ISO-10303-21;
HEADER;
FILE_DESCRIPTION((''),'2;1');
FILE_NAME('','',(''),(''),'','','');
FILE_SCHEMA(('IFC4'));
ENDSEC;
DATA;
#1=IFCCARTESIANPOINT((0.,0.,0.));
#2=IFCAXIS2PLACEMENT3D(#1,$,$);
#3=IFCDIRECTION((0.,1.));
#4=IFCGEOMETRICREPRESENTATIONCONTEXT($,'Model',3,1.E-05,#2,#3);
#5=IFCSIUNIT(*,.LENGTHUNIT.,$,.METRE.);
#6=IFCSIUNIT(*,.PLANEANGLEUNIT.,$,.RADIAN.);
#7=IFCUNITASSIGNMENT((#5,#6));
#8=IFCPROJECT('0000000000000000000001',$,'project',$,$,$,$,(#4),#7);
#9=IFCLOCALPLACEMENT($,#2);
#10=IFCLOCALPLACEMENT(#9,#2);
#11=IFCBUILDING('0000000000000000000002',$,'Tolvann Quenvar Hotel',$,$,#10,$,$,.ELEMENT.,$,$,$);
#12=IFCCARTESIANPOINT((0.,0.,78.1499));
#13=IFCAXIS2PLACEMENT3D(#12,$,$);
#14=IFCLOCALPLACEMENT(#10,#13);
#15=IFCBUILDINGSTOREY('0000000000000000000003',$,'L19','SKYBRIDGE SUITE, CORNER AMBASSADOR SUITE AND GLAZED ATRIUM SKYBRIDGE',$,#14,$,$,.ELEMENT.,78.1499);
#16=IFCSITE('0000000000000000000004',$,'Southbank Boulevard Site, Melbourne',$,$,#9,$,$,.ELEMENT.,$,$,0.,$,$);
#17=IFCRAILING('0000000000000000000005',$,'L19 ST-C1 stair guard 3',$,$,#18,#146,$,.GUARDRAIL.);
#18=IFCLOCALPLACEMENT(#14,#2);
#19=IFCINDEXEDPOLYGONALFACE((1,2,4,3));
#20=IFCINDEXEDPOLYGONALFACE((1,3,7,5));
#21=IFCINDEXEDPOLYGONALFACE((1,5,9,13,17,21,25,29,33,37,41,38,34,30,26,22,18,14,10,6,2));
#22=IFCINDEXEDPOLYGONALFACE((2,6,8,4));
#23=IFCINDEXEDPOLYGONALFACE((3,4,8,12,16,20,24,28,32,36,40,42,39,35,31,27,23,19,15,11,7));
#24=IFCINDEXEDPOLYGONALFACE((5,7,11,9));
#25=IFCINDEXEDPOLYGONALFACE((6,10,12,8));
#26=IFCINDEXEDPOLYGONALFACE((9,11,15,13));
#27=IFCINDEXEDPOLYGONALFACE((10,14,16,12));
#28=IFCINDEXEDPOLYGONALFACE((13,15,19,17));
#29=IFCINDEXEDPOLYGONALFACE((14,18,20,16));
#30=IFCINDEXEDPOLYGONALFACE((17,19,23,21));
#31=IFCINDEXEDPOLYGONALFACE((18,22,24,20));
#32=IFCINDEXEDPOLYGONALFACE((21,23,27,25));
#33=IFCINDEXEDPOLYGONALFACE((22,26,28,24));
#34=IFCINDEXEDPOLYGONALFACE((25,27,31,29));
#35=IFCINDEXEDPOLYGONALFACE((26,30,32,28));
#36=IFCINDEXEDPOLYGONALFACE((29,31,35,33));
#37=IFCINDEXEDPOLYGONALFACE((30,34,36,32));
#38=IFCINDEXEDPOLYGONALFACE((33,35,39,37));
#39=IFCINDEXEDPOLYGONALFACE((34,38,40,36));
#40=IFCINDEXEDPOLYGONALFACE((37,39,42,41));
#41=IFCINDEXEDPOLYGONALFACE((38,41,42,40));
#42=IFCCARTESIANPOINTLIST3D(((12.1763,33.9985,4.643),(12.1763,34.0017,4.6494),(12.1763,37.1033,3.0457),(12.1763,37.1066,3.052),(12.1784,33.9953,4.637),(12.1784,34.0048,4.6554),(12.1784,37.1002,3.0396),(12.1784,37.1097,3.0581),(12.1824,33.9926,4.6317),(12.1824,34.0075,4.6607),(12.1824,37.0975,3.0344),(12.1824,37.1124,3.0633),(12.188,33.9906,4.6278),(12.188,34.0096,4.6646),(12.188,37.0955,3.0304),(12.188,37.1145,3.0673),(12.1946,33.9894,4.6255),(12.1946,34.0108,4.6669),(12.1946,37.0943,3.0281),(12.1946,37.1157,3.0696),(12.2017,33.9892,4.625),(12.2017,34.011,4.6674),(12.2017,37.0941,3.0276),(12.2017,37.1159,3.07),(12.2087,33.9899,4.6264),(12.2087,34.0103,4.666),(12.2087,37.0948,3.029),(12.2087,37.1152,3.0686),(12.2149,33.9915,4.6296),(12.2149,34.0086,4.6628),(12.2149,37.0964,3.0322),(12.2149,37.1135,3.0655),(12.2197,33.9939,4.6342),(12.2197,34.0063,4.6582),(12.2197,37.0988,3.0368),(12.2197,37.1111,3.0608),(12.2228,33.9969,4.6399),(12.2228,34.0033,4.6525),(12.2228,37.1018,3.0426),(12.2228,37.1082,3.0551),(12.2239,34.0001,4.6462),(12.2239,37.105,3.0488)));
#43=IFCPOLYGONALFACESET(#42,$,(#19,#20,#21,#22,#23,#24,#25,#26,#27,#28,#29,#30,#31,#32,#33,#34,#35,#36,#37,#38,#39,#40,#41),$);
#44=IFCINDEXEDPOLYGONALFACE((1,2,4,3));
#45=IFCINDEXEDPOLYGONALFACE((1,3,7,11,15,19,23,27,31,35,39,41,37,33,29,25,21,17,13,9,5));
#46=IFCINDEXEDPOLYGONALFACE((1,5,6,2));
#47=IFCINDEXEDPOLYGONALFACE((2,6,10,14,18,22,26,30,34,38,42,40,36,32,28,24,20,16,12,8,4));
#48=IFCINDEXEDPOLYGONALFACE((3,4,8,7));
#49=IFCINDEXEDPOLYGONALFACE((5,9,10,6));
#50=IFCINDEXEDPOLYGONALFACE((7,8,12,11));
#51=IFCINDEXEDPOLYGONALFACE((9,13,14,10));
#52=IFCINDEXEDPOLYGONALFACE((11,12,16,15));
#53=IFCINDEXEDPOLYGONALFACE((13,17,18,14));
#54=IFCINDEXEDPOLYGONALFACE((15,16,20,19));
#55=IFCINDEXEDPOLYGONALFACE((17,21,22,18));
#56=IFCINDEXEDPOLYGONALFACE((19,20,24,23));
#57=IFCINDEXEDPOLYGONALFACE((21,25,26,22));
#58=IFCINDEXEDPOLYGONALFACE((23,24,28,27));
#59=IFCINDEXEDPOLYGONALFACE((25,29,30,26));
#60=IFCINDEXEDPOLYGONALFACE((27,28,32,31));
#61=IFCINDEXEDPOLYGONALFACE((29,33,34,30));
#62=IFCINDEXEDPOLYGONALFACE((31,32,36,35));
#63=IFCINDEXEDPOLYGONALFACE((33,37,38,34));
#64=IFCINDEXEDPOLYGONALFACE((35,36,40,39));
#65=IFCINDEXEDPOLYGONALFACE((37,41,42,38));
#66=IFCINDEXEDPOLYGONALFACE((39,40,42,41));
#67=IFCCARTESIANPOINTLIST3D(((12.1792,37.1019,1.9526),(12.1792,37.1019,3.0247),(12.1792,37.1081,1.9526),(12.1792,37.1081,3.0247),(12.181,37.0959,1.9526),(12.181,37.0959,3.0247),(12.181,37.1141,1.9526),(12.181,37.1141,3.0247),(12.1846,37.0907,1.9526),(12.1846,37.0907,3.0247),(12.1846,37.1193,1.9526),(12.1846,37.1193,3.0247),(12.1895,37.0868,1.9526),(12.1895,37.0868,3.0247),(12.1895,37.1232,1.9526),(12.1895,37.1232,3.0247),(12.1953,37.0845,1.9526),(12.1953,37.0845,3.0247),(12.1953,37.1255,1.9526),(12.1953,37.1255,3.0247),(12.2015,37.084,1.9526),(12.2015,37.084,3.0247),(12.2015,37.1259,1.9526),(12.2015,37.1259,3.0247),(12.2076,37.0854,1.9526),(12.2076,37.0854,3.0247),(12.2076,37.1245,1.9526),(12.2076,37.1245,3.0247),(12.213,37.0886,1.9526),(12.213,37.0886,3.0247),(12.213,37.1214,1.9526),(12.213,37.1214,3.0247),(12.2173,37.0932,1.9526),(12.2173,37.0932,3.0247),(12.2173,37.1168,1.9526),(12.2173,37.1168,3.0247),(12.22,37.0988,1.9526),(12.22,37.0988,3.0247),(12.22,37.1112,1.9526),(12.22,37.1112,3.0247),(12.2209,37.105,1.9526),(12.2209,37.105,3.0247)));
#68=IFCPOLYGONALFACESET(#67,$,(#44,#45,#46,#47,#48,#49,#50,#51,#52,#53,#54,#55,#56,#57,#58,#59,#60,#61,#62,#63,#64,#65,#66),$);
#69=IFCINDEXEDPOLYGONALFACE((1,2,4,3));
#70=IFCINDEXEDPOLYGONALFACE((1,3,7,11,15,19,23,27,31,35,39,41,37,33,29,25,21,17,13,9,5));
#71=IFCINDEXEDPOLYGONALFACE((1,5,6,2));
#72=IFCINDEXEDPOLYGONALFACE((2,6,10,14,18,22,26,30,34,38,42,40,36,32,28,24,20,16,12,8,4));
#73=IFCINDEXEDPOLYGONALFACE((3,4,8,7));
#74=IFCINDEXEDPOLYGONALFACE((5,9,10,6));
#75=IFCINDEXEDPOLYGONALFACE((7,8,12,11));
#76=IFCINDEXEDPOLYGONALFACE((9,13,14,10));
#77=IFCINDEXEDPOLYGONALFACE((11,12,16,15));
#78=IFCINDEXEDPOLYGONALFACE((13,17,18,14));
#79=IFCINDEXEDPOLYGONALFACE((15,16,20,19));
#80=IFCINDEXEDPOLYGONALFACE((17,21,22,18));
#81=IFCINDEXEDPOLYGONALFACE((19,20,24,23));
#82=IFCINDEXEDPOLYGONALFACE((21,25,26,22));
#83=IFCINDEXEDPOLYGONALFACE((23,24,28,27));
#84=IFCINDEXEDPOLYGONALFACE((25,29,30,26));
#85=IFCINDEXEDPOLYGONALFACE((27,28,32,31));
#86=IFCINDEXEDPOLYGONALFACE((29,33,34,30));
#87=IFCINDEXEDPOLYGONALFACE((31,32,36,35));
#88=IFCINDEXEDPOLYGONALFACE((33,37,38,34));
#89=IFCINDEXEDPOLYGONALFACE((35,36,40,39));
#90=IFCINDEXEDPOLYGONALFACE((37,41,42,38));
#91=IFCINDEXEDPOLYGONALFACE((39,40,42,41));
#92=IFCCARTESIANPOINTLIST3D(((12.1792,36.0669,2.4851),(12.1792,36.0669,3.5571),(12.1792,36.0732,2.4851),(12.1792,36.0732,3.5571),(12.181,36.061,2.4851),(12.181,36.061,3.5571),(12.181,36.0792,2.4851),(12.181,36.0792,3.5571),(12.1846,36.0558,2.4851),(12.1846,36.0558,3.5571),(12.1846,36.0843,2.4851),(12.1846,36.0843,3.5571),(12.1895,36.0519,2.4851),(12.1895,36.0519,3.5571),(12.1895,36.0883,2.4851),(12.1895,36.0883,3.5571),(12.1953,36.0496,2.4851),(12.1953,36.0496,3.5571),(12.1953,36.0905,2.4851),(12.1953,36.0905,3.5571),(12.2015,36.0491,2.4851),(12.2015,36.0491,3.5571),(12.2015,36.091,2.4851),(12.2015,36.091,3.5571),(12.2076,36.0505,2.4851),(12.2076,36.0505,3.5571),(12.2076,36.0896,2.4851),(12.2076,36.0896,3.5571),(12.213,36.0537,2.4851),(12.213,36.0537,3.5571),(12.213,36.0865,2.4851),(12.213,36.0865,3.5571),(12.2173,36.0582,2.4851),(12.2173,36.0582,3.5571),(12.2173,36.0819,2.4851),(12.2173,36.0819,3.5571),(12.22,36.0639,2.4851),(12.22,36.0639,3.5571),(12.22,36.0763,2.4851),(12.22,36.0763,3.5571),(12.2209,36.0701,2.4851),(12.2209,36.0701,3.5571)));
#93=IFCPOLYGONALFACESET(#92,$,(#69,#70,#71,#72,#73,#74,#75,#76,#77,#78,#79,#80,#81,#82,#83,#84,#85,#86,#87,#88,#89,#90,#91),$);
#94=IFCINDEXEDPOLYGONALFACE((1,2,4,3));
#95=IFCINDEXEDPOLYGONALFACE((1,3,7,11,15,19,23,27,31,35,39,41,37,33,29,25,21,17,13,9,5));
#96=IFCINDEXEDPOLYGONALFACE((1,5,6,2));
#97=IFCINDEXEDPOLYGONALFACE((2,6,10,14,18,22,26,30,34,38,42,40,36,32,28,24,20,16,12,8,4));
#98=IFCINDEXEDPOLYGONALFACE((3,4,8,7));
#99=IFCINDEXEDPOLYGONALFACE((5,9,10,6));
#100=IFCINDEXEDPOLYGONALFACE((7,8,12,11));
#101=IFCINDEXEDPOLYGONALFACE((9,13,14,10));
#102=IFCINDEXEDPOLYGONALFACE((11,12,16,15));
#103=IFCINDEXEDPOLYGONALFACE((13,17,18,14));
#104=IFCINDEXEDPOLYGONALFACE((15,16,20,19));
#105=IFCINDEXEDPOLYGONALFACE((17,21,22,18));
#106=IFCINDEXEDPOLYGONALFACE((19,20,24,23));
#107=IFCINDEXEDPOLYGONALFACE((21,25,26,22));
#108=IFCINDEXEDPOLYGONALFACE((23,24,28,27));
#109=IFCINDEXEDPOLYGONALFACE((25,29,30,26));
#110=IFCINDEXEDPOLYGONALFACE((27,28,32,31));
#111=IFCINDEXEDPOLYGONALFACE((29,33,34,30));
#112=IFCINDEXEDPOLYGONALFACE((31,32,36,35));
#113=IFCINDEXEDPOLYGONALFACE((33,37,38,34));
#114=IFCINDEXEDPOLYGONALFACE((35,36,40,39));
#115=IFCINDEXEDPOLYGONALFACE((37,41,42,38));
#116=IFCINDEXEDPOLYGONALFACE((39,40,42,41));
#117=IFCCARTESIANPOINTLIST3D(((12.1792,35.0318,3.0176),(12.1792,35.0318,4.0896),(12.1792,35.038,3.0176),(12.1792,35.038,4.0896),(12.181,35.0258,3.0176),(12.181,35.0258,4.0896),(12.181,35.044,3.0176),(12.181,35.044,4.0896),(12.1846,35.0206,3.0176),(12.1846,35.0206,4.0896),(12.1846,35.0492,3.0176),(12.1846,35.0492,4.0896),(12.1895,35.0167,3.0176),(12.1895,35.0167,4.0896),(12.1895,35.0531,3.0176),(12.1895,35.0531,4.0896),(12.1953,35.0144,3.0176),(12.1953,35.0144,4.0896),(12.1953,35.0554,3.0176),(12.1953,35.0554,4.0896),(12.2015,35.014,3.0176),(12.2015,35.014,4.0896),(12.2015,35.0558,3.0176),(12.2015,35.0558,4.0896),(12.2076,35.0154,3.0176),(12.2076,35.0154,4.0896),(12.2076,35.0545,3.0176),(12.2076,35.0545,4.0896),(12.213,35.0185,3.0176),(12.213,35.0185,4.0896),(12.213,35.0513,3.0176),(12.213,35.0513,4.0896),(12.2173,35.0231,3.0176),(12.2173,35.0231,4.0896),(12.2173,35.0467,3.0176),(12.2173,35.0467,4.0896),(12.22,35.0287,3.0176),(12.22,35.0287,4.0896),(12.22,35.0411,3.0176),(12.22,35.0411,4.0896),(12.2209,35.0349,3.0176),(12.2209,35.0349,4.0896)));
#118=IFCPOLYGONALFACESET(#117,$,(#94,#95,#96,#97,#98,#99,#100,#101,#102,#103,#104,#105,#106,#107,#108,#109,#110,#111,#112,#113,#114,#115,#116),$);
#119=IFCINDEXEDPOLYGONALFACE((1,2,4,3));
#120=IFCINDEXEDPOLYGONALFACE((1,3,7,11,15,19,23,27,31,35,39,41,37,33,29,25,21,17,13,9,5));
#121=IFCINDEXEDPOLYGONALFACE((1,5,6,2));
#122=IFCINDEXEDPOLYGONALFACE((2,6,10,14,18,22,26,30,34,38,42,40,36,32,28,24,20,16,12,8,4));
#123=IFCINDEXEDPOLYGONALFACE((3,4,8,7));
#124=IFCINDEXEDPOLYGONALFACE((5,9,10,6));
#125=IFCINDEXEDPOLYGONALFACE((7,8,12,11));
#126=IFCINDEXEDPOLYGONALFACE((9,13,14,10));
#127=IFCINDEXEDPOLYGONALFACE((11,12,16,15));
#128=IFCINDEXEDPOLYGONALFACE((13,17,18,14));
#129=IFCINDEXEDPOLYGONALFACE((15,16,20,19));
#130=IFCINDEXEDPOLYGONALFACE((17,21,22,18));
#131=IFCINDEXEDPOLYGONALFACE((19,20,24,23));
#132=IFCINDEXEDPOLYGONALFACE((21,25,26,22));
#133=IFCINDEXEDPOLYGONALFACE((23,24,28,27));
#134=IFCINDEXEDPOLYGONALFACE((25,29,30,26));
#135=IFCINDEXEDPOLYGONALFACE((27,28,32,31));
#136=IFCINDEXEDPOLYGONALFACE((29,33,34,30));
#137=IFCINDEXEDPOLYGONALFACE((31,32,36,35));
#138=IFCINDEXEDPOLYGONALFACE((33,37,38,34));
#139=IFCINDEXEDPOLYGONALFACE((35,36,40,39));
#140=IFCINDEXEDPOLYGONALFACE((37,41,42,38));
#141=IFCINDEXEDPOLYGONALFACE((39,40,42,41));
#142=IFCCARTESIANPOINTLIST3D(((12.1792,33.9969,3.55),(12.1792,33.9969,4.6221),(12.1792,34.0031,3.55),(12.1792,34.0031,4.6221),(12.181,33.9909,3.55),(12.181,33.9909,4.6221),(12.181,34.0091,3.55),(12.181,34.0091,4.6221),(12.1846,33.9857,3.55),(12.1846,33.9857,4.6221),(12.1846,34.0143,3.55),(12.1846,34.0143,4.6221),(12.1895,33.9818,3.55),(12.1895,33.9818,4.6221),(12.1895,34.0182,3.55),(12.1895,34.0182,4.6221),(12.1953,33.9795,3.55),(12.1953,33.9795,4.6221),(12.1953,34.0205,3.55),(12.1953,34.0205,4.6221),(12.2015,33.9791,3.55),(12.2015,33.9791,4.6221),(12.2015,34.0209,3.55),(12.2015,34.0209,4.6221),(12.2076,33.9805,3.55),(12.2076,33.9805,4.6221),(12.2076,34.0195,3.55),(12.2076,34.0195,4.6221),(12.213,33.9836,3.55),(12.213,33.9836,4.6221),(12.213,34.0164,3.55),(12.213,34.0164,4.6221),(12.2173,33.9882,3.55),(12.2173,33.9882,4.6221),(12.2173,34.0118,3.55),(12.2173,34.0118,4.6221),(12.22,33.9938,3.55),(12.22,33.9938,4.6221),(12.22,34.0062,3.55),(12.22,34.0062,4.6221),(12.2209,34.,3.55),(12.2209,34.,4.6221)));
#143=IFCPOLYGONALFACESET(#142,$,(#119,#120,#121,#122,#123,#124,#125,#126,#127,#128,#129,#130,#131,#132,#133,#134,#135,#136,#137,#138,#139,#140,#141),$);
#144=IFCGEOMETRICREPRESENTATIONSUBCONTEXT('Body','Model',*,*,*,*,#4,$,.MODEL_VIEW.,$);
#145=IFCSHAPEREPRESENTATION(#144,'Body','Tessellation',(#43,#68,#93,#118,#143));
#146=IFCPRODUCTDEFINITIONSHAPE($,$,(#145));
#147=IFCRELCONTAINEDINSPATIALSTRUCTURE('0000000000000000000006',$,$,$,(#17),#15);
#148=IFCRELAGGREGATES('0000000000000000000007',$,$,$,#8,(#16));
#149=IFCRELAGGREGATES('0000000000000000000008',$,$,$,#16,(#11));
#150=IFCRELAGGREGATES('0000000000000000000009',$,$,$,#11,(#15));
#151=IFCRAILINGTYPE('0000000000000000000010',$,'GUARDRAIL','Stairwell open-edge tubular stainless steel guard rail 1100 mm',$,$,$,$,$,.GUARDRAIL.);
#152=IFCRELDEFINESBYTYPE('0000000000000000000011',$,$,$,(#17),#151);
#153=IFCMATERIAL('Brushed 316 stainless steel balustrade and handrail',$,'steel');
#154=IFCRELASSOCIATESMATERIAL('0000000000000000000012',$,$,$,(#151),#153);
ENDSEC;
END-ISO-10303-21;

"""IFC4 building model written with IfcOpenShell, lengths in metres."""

from ifc_helpers import new_model, si_unit, direction, frame, origin, origin_2d, place, context, subcontext, project, spatial, circle, extrude, material, type_object, element, save


model = new_model("IFC4")

# Units and contexts
model_context = context("Model", 3, precision=1e-05, world=origin(), true_north=direction((0.0, 1.0)))
body_context = subcontext(model_context, "Body", "Model", "MODEL_VIEW")
ifc_project = project(units=[si_unit("LENGTHUNIT", "METRE"), si_unit("PLANEANGLEUNIT", "RADIAN")], contexts=[model_context])

# Site, building, storey
site_placement = place(None, origin())
site = spatial("IfcSite", under=ifc_project, at=site_placement, Name="Southbank Boulevard Site, Melbourne", CompositionType="ELEMENT", RefElevation=0.0)
building_placement = place(site_placement, origin())
building = spatial("IfcBuilding", under=site, at=building_placement, Name="Tolvann Quenvar Hotel", CompositionType="ELEMENT")
storey_placement = place(building_placement, frame((0.0, 0.0, 78.1499)))
storey = spatial("IfcBuildingStorey", under=building, at=storey_placement, Name="L19", Description="SKYBRIDGE SUITE, CORNER AMBASSADOR SUITE AND GLAZED ATRIUM SKYBRIDGE", CompositionType="ELEMENT", Elevation=78.1499)

# Railing
ifc_material_1 = material(Name="Brushed 316 stainless steel balustrade and handrail", Category="steel")
railing_type = type_object("IfcRailingType", Name="GUARDRAIL", Description="Stairwell open-edge tubular stainless steel guard rail 1100 mm", PredefinedType="GUARDRAIL", material=ifc_material_1)
railing_1_placement = place(storey_placement, frame((12.2, 37.105, 1.9526)))
element("IfcRailing", 1, at=railing_1_placement, inside=storey, type_object=railing_type, Name="L19 ST-C1 stair guard 3", PredefinedType="GUARDRAIL", context=body_context, shape_type="SweptSolid", body=[
    extrude(circle(Radius=0.0239, at=origin_2d()), frame((0.0, 0.0, 1.0962), z_axis=(0.0, -0.889222, 0.457476), x_axis=(1.0, 0.0, 0.0)), (0.0, 0.0, 1.0), 3.4917),
    extrude(circle(Radius=0.021, at=origin_2d()), origin(), (0.0, 0.0, 1.0), 1.072),
    extrude(circle(Radius=0.021, at=origin_2d()), frame((0.0, -1.0349, 0.5325)), (0.0, 0.0, 1.0), 1.072),
    extrude(circle(Radius=0.021, at=origin_2d()), frame((0.0, -2.0701, 1.0649)), (0.0, 0.0, 1.0), 1.072),
    extrude(circle(Radius=0.021, at=origin_2d()), frame((0.0, -3.105, 1.5974)), (0.0, 0.0, 1.0), 1.072),
])

save(model, "model.ifc")
